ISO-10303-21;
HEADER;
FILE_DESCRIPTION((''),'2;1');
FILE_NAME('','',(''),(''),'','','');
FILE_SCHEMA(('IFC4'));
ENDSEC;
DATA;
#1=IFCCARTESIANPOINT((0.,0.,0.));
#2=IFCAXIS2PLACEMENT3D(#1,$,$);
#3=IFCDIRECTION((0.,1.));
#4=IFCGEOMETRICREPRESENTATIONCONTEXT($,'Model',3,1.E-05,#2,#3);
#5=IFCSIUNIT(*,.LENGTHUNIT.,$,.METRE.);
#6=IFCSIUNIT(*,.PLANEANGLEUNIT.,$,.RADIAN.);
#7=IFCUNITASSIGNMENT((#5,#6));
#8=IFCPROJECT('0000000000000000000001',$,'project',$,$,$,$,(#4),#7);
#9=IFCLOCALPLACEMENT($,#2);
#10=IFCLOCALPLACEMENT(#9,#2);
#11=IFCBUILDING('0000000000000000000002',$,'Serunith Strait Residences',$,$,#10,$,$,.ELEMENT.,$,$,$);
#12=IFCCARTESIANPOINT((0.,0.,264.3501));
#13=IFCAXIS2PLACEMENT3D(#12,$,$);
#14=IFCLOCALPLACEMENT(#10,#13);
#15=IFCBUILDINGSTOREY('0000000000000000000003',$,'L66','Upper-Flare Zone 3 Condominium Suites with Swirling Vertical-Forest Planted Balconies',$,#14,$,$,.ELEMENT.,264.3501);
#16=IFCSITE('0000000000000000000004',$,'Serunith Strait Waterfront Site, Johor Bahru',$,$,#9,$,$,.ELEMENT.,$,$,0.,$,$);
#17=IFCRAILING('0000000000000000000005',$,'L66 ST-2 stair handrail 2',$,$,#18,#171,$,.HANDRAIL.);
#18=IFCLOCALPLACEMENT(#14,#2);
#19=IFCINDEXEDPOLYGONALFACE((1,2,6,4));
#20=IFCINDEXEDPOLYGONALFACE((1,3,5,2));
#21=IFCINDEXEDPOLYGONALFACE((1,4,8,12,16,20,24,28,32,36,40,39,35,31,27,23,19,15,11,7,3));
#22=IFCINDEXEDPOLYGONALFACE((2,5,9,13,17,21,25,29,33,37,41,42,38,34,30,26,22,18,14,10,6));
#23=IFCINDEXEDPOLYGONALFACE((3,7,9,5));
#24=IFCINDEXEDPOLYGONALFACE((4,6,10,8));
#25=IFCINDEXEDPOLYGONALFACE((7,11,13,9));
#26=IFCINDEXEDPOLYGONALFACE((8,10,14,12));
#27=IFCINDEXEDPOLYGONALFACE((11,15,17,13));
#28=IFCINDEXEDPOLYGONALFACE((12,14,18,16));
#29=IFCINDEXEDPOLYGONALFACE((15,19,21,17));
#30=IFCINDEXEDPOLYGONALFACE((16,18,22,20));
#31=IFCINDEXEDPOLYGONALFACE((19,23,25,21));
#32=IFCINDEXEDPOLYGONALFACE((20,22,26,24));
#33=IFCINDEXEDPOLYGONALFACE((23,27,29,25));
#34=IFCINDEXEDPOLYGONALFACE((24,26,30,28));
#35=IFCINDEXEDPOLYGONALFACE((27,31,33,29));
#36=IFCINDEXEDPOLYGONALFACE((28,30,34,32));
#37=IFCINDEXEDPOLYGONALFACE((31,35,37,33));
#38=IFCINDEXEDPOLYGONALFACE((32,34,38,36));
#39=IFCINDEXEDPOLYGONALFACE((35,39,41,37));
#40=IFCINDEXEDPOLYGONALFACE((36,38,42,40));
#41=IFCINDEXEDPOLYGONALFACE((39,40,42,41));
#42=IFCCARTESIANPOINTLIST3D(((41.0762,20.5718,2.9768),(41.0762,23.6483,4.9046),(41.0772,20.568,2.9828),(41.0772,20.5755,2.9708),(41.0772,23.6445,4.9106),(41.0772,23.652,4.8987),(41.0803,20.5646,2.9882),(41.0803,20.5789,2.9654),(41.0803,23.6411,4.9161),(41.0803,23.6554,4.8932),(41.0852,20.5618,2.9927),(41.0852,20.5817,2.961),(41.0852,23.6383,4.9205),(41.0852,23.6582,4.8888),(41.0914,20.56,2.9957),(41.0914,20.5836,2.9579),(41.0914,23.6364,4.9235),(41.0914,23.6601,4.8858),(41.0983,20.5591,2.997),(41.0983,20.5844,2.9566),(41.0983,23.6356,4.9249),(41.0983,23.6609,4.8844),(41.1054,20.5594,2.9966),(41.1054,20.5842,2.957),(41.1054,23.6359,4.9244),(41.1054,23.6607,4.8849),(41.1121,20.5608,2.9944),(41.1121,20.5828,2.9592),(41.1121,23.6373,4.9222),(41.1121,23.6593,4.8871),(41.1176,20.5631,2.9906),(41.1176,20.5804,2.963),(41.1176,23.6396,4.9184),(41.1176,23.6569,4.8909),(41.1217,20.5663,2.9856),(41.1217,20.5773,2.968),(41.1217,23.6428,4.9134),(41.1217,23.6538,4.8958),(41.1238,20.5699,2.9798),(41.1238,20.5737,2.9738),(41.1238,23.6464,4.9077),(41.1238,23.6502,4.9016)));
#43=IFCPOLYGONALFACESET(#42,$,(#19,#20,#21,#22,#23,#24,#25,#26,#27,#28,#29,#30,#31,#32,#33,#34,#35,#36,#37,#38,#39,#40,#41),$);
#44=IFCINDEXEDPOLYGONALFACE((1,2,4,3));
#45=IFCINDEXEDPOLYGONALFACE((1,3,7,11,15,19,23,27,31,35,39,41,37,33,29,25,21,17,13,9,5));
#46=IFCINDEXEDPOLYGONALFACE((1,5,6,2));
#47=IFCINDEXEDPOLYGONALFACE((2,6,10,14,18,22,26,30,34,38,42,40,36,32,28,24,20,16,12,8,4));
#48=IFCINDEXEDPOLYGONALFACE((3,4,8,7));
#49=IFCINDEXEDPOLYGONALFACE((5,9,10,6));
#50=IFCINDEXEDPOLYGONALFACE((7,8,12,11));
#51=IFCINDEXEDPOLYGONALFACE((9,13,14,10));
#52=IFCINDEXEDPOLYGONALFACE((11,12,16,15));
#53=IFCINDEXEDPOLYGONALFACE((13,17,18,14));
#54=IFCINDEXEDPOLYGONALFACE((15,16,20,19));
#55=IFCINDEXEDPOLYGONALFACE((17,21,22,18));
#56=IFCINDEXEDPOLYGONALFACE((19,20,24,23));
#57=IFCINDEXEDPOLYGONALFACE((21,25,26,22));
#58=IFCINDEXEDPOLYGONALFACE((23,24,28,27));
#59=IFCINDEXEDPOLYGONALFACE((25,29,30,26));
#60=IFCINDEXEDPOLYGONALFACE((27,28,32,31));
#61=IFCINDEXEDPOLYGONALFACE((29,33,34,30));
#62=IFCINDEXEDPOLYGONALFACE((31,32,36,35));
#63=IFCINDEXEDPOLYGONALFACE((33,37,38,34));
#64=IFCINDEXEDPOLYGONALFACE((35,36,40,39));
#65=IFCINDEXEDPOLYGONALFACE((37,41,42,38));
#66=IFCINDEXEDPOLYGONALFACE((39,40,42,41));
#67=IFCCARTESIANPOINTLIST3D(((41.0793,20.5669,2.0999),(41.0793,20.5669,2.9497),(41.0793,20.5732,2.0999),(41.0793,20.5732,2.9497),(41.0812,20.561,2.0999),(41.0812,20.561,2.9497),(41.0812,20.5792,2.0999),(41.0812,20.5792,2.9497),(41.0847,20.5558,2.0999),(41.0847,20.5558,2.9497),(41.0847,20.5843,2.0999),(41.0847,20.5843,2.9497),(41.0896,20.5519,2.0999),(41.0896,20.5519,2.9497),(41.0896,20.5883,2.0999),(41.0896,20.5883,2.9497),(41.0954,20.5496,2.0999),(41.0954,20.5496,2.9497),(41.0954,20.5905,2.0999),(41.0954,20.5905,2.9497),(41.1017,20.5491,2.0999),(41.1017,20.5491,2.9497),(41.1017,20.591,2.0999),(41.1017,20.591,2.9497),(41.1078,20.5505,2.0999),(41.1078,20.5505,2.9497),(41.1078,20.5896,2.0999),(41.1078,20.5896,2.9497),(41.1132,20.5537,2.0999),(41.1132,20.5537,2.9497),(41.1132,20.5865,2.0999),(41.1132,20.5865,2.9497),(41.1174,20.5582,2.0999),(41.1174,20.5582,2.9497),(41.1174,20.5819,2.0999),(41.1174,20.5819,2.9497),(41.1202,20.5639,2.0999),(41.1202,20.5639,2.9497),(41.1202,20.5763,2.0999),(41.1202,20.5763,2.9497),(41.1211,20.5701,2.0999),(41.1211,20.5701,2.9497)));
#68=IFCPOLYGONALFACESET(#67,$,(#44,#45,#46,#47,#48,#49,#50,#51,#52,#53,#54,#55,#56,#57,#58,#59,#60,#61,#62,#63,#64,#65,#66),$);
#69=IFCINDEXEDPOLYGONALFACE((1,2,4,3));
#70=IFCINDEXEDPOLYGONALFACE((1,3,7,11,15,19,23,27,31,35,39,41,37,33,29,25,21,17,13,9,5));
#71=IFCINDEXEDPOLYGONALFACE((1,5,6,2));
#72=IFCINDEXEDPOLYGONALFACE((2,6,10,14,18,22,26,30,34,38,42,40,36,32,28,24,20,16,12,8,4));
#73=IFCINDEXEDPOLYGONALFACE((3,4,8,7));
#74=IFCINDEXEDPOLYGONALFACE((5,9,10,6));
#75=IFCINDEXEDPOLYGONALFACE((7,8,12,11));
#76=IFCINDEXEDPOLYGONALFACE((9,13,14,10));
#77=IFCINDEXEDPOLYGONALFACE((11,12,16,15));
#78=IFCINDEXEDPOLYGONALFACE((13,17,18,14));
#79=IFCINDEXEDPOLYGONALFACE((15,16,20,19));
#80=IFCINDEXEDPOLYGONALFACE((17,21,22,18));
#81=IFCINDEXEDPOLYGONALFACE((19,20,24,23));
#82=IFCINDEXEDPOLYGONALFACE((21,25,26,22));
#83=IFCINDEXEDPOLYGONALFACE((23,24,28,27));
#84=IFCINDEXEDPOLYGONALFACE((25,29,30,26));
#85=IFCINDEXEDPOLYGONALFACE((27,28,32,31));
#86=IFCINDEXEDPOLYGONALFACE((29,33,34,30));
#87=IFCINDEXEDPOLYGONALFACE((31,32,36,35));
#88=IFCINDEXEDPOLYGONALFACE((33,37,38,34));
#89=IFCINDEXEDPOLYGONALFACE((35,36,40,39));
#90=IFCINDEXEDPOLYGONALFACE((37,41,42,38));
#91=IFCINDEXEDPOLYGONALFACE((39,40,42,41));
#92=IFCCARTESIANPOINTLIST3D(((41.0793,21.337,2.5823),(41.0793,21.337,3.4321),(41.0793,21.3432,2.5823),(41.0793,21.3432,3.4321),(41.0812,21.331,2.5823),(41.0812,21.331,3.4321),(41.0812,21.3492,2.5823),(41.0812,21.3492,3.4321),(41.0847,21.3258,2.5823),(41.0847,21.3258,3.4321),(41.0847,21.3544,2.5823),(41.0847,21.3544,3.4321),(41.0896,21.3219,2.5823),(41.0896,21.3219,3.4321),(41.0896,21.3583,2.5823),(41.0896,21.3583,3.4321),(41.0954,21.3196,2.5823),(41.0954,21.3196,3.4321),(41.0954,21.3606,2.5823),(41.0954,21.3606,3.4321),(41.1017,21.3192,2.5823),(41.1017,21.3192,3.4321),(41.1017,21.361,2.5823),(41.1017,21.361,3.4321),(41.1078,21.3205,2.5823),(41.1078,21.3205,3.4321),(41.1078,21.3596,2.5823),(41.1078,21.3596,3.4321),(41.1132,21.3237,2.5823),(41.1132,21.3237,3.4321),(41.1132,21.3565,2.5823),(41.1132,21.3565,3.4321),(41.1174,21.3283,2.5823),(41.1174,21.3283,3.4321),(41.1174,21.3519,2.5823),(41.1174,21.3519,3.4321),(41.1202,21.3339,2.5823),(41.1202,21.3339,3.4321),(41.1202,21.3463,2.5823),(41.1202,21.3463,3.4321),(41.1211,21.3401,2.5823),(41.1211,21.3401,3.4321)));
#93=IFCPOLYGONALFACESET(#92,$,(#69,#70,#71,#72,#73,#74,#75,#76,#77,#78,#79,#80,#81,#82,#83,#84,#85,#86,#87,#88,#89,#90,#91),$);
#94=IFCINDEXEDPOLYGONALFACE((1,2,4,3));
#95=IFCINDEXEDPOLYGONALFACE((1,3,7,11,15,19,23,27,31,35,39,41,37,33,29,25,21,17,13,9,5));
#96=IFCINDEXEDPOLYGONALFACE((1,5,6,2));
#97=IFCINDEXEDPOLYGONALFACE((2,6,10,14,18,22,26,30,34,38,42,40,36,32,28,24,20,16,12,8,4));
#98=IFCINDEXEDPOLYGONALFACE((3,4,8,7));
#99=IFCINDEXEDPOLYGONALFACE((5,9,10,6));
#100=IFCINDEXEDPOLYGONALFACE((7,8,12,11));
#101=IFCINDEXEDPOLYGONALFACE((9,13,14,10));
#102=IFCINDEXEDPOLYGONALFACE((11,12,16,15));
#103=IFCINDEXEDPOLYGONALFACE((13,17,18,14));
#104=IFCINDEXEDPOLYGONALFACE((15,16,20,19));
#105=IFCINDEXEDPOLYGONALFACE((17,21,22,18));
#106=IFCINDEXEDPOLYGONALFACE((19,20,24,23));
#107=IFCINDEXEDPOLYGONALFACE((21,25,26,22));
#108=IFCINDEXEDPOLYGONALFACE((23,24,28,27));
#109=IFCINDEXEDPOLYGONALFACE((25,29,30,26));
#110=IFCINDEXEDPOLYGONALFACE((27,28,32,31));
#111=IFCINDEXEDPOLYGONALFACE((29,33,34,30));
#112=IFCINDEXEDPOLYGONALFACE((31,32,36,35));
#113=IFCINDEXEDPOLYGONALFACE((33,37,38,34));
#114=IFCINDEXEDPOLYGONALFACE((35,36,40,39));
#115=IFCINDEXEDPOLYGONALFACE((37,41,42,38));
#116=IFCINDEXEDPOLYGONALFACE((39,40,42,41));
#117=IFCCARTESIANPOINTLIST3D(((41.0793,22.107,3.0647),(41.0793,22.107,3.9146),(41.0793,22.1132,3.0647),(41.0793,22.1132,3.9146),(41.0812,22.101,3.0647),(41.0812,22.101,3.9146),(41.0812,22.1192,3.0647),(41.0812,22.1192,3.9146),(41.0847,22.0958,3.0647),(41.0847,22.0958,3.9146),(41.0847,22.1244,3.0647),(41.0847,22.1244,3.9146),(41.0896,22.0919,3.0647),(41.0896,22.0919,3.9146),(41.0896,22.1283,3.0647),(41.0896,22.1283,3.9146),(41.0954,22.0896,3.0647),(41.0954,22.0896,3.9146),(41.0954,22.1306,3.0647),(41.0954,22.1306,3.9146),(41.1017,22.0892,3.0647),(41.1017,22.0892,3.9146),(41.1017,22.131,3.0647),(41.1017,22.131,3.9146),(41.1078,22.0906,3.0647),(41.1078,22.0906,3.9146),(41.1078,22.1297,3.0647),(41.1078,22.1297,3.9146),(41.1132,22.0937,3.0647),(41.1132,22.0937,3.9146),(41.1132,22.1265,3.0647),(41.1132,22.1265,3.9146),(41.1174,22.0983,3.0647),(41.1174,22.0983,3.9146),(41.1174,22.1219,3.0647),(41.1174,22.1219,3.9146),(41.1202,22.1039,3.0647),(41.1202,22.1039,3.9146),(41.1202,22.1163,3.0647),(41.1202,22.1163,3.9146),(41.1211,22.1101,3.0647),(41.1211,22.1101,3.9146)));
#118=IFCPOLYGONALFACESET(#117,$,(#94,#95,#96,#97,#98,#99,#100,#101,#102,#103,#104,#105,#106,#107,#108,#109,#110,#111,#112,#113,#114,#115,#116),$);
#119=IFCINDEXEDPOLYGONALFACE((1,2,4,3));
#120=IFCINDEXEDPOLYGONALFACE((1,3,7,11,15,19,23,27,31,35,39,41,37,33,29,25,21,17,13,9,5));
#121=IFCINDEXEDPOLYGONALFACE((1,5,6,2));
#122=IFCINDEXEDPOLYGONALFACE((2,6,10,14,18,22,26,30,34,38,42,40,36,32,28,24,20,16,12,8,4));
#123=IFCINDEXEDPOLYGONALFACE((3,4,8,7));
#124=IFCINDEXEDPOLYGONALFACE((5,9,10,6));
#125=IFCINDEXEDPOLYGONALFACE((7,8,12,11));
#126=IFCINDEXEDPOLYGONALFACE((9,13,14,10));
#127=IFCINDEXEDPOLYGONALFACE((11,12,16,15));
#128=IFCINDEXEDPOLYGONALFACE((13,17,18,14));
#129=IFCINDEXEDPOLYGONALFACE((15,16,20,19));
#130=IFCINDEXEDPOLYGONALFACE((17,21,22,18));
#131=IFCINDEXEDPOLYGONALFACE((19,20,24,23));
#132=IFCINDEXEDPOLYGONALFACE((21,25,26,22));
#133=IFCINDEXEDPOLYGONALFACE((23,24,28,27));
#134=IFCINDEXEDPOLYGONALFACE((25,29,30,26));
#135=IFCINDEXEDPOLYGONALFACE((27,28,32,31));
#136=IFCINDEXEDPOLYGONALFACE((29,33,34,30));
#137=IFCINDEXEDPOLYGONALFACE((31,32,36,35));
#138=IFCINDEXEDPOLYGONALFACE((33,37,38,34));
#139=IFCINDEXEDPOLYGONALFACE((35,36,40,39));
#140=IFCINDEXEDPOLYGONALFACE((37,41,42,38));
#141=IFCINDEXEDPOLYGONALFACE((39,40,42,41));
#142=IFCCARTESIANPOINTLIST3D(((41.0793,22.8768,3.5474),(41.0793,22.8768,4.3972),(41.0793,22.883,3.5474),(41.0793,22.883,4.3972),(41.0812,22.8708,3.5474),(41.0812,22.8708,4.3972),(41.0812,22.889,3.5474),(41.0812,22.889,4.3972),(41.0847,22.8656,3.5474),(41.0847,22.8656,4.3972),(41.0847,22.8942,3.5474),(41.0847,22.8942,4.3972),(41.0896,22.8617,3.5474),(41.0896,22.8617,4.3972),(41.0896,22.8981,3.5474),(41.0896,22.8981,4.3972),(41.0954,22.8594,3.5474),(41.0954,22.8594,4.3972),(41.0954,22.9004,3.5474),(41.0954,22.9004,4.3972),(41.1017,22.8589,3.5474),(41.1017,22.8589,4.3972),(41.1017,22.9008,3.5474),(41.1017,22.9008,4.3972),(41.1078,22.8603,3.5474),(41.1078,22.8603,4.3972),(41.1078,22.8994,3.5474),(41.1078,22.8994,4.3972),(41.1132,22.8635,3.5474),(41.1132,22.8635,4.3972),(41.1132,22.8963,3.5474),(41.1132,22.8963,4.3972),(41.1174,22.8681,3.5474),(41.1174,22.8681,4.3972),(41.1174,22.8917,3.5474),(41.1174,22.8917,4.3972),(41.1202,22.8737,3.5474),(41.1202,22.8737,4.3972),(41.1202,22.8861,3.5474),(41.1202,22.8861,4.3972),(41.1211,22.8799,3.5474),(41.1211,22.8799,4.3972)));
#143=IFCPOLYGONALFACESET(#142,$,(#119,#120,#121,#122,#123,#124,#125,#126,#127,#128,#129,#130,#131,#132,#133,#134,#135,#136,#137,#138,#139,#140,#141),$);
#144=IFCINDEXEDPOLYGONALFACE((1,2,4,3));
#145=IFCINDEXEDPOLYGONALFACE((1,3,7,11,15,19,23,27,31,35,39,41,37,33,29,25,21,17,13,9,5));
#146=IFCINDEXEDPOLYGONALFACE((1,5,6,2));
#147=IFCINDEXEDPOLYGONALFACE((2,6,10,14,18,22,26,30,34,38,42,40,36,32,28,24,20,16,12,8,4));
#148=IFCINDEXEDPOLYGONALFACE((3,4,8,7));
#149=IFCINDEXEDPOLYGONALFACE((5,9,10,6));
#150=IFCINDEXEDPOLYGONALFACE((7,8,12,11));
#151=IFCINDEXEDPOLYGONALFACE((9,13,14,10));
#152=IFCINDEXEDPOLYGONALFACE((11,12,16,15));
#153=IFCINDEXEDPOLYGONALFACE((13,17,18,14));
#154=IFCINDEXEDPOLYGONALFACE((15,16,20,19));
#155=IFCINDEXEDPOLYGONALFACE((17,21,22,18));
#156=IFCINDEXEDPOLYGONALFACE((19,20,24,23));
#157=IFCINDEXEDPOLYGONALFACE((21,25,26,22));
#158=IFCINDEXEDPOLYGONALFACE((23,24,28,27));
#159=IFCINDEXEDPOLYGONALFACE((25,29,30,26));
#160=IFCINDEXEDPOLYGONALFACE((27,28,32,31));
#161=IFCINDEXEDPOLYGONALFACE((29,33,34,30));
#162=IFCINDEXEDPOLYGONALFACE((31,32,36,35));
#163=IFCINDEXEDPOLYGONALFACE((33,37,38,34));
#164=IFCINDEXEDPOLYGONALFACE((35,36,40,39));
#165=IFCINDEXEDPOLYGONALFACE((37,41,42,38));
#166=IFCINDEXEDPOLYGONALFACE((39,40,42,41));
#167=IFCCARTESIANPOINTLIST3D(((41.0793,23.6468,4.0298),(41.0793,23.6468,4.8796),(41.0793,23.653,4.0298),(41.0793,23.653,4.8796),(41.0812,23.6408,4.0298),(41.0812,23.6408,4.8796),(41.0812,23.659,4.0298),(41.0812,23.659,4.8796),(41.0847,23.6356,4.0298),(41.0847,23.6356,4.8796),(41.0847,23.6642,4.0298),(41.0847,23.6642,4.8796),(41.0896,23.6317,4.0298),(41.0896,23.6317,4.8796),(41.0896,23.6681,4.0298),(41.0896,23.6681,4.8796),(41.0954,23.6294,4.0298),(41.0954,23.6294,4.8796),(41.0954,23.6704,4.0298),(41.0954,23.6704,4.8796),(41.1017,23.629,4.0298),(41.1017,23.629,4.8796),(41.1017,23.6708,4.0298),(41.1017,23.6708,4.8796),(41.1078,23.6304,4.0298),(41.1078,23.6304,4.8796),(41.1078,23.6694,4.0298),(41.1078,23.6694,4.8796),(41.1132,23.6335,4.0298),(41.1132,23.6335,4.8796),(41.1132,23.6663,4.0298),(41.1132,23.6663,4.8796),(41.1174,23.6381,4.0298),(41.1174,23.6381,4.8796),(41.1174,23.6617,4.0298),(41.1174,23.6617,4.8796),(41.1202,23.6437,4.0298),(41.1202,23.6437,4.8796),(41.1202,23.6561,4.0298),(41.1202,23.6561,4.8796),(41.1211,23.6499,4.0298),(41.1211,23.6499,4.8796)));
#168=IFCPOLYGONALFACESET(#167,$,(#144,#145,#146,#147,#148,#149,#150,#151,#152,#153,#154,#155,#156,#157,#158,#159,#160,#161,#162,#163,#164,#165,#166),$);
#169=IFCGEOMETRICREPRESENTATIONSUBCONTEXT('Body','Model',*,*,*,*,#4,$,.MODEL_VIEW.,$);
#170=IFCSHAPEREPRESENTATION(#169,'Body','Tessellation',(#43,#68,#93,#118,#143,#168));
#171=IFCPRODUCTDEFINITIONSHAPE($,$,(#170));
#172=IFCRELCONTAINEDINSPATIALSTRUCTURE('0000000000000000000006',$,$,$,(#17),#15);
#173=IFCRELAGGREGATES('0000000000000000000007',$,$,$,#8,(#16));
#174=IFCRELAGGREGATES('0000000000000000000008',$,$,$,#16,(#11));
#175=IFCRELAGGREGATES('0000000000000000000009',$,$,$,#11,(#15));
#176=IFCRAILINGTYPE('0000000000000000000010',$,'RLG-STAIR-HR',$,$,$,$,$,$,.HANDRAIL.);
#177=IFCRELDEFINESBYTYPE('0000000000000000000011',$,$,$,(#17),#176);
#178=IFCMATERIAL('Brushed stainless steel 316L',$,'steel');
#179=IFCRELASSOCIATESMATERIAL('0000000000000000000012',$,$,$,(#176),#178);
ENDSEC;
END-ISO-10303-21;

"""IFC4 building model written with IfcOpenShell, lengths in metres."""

from ifc_helpers import new_model, si_unit, direction, frame, origin, origin_2d, place, context, subcontext, project, spatial, circle, extrude, material, type_object, element, save


model = new_model("IFC4")

# Units and contexts
model_context = context("Model", 3, precision=1e-05, world=origin(), true_north=direction((0.0, 1.0)))
body_context = subcontext(model_context, "Body", "Model", "MODEL_VIEW")
ifc_project = project(units=[si_unit("LENGTHUNIT", "METRE"), si_unit("PLANEANGLEUNIT", "RADIAN")], contexts=[model_context])

# Site, building, storey
site_placement = place(None, origin())
site = spatial("IfcSite", under=ifc_project, at=site_placement, Name="Serunith Strait Waterfront Site, Johor Bahru", CompositionType="ELEMENT", RefElevation=0.0)
building_placement = place(site_placement, origin())
building = spatial("IfcBuilding", under=site, at=building_placement, Name="Serunith Strait Residences", CompositionType="ELEMENT")
storey_placement = place(building_placement, frame((0.0, 0.0, 264.3501)))
storey = spatial("IfcBuildingStorey", under=building, at=storey_placement, Name="L66", Description="Upper-Flare Zone 3 Condominium Suites with Swirling Vertical-Forest Planted Balconies", CompositionType="ELEMENT", Elevation=264.3501)

# Railing
ifc_material_1 = material(Name="Brushed stainless steel 316L", Category="steel")
railing_type_1 = type_object("IfcRailingType", Name="RLG-STAIR-HR", PredefinedType="HANDRAIL", material=ifc_material_1)
railing_1_placement = place(storey_placement, frame((41.1001, 20.5701, 2.0999)))
element("IfcRailing", 1, at=railing_1_placement, inside=storey, type_object=railing_type_1, Name="L66 ST-2 stair handrail 2", PredefinedType="HANDRAIL", context=body_context, shape_type="SweptSolid", body=[
    extrude(circle(Radius=0.0239, at=origin_2d()), frame((0.0, 0.0017, 0.877), z_axis=(0.0, 0.847375, 0.530995), x_axis=(-1.0, 0.0, 0.0)), (0.0, 0.0, 1.0), 3.6306),
    extrude(circle(Radius=0.021, at=origin_2d()), origin(), (0.0, 0.0, 1.0), 0.8499),
    extrude(circle(Radius=0.021, at=origin_2d()), frame((0.0, 0.77, 0.4824)), (0.0, 0.0, 1.0), 0.8499),
    extrude(circle(Radius=0.021, at=origin_2d()), frame((0.0, 1.54, 0.9648)), (0.0, 0.0, 1.0), 0.8499),
    extrude(circle(Radius=0.021, at=origin_2d()), frame((0.0, 2.3098, 1.4475)), (0.0, 0.0, 1.0), 0.8499),
    extrude(circle(Radius=0.021, at=origin_2d()), frame((0.0, 3.0798, 1.9299)), (0.0, 0.0, 1.0), 0.8499),
])

save(model, "model.ifc")
